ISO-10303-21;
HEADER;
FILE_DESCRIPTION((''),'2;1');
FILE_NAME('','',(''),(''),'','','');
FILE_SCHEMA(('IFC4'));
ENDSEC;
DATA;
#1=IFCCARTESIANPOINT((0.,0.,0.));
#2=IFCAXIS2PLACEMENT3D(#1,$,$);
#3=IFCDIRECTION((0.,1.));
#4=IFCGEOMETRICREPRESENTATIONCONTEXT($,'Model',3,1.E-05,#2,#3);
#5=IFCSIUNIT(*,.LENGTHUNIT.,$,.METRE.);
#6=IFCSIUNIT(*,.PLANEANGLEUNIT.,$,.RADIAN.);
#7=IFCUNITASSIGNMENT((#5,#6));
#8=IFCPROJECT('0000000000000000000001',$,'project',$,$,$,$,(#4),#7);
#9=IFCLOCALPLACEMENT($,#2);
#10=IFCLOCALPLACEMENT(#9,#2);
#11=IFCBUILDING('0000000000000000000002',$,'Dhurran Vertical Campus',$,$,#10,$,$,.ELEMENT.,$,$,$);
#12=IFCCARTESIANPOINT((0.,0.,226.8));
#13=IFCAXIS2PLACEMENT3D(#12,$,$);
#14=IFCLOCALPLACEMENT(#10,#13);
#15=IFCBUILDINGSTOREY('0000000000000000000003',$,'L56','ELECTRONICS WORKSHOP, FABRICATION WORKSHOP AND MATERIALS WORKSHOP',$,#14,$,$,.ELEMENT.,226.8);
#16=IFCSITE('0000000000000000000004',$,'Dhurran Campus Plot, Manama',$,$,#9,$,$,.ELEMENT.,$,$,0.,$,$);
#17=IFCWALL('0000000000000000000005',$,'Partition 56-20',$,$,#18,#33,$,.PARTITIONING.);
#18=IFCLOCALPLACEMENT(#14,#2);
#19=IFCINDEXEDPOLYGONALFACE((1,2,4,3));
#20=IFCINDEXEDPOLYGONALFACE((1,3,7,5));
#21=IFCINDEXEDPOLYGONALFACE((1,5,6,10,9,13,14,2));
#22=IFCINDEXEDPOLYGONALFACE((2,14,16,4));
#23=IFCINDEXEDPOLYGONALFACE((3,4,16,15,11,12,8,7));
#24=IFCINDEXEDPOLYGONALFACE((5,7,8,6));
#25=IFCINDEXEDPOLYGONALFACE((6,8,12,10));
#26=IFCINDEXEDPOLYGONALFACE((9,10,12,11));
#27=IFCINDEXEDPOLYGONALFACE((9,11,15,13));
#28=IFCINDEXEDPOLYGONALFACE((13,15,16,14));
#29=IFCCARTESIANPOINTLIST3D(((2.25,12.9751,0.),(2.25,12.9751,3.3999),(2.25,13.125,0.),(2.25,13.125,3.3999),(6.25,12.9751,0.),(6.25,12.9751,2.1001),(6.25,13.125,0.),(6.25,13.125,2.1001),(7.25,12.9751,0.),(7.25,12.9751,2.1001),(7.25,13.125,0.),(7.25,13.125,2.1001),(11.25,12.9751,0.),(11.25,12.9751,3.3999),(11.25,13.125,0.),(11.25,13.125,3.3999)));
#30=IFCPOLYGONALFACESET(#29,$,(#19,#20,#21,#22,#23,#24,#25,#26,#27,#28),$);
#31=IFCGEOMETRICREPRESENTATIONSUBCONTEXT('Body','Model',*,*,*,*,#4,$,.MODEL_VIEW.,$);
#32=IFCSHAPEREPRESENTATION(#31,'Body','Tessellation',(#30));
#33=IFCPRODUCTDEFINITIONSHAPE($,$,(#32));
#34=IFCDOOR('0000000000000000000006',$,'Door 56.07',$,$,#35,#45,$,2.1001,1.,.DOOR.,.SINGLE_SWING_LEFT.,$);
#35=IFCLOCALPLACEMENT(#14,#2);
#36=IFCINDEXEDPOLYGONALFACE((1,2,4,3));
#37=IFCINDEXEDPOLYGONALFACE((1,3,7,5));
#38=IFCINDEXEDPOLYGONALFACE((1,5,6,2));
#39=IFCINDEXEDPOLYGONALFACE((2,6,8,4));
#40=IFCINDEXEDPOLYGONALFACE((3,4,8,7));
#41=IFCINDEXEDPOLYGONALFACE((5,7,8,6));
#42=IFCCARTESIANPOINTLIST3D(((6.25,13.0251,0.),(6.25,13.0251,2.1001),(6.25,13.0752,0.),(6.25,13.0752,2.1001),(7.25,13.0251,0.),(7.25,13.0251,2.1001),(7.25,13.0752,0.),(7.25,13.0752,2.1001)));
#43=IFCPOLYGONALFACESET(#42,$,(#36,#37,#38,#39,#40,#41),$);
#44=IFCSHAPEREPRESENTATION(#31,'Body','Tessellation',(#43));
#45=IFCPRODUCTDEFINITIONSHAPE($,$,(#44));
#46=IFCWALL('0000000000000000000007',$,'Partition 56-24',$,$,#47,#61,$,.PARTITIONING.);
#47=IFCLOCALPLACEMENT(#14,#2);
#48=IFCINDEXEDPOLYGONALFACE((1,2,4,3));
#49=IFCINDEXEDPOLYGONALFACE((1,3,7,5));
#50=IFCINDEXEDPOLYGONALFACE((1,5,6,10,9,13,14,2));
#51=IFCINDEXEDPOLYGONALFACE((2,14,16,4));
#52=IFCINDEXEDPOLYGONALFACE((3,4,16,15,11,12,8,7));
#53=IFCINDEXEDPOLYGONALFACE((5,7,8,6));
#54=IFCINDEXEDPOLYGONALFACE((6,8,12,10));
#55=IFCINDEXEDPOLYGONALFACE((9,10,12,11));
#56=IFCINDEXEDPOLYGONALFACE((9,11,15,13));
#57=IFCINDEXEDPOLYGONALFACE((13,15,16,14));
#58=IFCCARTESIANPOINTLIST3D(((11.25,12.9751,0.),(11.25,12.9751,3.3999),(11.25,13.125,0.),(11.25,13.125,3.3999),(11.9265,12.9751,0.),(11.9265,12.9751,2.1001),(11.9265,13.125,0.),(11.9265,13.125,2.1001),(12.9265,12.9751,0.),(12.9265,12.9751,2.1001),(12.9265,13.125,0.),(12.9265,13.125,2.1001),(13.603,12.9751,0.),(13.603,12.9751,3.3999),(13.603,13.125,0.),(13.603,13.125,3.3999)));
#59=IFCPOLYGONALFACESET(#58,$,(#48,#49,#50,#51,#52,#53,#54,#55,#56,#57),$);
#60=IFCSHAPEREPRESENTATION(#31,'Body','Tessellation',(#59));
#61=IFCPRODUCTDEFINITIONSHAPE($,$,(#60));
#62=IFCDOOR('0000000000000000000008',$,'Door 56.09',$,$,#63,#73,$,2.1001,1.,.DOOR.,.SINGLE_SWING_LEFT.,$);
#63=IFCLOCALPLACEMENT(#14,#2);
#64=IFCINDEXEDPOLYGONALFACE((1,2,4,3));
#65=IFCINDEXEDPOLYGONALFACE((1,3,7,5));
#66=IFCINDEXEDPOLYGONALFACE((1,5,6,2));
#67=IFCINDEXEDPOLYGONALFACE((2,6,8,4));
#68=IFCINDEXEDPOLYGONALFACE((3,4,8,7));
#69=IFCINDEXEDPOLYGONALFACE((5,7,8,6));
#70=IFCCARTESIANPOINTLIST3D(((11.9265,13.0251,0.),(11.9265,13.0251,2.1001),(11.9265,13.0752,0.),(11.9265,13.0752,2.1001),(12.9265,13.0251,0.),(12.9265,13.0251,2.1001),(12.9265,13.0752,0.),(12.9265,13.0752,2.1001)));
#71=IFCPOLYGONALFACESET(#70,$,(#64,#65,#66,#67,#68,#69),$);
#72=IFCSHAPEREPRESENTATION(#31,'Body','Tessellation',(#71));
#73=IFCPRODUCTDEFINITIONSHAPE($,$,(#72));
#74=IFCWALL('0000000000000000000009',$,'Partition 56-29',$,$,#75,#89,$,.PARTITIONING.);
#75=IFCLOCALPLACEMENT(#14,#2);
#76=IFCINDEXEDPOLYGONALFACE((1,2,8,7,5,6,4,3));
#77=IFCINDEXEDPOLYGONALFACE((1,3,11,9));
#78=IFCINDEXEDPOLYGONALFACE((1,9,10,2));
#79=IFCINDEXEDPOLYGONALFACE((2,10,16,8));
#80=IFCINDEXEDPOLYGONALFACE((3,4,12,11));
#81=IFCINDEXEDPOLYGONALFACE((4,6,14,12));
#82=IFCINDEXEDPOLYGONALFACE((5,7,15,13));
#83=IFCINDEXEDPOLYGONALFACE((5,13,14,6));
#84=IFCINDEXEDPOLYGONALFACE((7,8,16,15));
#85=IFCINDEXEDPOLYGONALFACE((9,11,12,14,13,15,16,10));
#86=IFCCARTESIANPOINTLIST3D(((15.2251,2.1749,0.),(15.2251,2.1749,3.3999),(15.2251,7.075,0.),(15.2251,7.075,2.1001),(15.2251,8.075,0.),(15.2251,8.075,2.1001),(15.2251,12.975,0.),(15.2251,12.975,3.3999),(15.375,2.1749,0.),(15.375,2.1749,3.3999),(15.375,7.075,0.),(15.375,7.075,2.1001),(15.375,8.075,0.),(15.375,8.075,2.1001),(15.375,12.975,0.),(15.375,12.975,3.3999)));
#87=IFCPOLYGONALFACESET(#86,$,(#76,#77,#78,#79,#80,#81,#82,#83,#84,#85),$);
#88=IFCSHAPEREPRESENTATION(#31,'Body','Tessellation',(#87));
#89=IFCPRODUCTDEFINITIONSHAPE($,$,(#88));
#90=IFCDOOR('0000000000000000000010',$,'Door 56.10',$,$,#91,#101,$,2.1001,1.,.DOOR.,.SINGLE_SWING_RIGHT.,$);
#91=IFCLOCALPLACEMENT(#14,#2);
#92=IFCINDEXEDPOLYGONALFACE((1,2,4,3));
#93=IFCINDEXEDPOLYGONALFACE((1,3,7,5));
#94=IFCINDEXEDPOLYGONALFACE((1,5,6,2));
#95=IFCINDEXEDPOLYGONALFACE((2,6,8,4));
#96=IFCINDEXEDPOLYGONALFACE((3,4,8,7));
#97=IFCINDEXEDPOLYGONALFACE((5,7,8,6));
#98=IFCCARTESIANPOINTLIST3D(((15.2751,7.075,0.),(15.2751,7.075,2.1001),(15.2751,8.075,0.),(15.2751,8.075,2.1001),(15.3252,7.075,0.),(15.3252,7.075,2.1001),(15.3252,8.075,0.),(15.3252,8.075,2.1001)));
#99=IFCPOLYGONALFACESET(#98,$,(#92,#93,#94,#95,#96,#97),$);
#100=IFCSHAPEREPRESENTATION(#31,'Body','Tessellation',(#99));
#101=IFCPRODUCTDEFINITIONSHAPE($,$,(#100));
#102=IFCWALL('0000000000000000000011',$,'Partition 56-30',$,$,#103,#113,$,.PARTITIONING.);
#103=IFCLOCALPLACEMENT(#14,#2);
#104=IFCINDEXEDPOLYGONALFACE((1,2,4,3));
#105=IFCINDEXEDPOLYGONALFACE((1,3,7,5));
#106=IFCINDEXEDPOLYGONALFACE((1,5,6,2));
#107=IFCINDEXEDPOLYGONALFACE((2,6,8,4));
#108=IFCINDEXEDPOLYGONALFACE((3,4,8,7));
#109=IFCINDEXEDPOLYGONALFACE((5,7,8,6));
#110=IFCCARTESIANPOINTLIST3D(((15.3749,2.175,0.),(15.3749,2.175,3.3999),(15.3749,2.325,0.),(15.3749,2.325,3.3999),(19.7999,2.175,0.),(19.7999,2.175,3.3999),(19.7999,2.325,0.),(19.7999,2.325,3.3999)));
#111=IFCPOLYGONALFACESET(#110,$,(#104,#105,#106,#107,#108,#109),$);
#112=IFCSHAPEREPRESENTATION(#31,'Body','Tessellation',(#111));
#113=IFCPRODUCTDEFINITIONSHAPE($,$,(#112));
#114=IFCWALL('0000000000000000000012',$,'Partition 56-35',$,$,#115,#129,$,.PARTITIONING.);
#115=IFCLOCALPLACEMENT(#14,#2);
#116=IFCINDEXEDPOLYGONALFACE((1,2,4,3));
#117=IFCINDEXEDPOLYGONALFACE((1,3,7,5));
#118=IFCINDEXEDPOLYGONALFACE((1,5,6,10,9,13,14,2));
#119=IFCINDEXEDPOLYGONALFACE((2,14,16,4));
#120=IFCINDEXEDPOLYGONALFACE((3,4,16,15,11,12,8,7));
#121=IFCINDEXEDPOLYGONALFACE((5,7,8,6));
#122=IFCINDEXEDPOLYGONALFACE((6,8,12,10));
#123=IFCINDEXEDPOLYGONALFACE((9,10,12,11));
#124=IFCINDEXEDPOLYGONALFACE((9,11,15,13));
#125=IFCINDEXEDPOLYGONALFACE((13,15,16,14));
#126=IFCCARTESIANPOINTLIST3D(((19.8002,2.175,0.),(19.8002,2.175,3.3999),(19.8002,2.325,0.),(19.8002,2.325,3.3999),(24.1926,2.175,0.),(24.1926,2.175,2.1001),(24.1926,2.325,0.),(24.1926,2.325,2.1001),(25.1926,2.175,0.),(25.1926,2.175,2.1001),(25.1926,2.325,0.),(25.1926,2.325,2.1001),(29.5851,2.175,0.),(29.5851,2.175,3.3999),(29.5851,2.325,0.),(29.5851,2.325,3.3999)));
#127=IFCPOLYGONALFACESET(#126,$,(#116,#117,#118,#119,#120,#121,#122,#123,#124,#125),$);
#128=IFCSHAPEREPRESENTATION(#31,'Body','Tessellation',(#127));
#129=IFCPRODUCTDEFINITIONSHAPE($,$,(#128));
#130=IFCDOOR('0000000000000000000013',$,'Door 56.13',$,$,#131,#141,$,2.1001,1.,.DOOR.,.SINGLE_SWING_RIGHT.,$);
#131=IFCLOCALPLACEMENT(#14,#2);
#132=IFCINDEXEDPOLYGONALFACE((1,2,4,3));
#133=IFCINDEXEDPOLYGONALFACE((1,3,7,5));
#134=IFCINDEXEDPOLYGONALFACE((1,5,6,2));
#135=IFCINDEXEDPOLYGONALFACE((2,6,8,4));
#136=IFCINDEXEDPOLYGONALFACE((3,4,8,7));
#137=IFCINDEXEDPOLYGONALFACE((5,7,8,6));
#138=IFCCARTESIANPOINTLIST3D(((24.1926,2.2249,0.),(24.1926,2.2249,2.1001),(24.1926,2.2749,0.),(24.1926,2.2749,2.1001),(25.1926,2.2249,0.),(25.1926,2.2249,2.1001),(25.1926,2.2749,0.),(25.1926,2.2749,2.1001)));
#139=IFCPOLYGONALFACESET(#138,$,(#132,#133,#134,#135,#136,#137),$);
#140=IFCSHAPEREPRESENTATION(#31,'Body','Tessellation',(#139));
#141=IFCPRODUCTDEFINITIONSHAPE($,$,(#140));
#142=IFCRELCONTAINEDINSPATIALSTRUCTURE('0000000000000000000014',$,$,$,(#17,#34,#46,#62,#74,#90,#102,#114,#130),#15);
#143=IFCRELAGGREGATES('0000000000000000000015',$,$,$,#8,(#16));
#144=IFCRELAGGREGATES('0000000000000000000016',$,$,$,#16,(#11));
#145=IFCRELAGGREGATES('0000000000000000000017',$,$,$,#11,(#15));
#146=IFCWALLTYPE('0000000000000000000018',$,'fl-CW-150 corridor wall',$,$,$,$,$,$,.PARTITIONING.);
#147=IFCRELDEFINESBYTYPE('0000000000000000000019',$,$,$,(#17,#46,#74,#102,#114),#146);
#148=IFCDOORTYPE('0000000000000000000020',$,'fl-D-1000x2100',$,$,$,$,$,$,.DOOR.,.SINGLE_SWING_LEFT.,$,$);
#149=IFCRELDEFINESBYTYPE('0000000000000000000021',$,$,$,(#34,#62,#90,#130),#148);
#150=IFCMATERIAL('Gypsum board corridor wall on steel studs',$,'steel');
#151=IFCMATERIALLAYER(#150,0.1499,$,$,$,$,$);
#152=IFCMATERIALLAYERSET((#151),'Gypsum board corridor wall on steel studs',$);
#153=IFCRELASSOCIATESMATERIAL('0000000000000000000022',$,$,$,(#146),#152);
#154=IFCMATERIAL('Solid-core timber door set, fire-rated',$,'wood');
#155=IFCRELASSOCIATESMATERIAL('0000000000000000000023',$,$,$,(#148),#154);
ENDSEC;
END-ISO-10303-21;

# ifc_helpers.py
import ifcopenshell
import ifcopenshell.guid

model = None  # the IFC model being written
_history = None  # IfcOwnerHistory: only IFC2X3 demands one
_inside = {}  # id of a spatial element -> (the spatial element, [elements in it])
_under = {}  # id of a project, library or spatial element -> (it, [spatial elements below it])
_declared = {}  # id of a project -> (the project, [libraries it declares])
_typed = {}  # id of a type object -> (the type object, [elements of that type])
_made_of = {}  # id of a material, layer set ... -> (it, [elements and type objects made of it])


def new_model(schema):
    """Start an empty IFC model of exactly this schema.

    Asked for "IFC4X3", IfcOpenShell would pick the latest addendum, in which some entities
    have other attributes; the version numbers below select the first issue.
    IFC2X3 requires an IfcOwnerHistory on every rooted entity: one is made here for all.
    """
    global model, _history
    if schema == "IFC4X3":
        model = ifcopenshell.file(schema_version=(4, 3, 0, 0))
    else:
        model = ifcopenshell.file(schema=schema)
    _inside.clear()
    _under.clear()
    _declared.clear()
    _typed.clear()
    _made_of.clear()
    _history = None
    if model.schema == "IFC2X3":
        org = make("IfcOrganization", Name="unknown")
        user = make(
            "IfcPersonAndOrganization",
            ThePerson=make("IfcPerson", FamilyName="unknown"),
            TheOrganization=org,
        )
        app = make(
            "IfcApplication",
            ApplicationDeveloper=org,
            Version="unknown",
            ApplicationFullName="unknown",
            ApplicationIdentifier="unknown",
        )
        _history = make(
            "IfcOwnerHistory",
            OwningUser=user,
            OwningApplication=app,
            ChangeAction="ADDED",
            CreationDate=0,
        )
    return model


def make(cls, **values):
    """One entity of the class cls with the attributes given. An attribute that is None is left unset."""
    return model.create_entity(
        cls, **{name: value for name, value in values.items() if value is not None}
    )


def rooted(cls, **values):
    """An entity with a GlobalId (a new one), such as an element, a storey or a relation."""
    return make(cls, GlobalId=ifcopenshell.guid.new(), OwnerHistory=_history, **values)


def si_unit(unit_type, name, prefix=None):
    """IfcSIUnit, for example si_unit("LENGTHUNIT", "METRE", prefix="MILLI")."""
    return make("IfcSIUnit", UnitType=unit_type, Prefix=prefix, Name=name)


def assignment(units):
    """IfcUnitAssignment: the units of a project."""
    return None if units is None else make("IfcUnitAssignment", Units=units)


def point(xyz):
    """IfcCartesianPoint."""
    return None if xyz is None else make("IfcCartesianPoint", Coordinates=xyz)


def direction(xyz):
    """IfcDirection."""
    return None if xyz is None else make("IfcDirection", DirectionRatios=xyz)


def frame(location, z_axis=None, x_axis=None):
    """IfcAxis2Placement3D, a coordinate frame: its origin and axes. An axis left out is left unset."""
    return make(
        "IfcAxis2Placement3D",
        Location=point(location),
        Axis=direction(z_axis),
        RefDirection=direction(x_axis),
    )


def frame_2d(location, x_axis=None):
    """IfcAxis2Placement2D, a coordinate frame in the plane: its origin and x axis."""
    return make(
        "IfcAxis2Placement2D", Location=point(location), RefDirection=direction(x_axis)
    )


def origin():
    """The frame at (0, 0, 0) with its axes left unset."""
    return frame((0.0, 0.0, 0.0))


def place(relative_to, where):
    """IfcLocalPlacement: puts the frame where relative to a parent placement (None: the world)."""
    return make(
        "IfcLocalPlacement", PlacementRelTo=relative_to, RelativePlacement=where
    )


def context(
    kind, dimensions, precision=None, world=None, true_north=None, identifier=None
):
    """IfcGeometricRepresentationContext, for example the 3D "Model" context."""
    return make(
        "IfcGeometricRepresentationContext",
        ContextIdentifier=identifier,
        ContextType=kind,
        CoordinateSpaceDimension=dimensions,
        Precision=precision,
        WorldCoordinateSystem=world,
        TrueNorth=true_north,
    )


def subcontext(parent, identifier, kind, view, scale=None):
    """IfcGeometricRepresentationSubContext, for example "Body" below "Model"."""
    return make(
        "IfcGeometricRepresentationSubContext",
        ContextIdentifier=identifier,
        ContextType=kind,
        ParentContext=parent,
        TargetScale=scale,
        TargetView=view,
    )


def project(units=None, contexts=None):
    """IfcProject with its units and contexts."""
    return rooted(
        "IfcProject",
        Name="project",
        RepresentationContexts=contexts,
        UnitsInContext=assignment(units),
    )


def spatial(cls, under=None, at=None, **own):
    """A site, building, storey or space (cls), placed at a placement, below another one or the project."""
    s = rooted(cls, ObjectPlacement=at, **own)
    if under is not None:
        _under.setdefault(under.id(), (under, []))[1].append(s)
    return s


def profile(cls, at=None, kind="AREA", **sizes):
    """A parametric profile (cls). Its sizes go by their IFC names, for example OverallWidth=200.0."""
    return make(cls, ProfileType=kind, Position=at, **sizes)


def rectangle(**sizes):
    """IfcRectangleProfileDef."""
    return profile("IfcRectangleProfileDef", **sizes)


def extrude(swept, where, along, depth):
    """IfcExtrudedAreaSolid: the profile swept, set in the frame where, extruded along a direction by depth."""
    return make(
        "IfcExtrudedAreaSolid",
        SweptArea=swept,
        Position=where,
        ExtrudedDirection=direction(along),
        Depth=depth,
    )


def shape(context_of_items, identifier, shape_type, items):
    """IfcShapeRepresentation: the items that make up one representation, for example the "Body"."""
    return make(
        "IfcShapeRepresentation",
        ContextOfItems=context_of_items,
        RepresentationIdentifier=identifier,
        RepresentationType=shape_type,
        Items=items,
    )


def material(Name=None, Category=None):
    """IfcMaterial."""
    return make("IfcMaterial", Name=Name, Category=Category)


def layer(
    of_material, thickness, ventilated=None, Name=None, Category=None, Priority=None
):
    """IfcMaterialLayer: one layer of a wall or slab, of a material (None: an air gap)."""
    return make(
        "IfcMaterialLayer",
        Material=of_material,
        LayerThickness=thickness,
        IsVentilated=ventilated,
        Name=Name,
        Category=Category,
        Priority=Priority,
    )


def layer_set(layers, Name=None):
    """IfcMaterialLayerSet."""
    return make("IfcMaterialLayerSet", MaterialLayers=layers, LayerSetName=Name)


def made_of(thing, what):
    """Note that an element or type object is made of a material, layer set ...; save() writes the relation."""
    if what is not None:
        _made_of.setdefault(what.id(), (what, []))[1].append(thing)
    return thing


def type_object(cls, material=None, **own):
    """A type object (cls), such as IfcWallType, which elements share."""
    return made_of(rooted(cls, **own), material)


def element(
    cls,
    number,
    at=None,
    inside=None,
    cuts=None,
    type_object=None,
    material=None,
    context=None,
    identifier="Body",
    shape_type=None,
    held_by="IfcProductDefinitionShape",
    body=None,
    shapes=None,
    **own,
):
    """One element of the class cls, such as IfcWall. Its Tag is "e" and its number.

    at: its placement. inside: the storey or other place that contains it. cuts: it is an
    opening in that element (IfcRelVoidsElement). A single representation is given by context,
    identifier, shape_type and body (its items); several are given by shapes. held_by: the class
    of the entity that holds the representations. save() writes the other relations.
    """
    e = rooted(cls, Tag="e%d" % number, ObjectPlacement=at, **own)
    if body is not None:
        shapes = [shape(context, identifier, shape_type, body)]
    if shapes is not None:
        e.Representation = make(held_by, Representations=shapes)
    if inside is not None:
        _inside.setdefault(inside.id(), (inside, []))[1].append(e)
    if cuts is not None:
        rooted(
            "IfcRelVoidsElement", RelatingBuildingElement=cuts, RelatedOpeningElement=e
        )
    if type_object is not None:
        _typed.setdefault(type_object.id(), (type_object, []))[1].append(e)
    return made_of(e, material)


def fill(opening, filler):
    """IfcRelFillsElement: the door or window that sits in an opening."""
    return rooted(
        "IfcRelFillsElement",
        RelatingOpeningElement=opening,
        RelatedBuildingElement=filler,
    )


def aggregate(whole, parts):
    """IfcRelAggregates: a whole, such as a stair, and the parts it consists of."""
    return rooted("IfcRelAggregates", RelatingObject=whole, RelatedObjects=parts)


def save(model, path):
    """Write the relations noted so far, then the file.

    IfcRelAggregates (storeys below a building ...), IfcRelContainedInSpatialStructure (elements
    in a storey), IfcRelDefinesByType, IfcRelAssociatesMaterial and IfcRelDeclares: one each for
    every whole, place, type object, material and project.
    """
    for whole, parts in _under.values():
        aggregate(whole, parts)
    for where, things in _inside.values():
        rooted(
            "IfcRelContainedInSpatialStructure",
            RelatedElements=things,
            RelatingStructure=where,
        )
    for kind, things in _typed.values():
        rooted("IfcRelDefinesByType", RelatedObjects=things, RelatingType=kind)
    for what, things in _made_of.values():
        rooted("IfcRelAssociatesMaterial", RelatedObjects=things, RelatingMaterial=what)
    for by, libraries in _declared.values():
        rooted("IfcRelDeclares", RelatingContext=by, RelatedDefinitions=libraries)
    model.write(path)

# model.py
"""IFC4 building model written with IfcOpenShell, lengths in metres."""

from ifc_helpers import new_model, si_unit, direction, frame, frame_2d, origin, place, context, subcontext, project, spatial, rectangle, extrude, material, layer, layer_set, type_object, element, fill, save


model = new_model("IFC4")

# Units and contexts
model_context = context("Model", 3, precision=1e-05, world=origin(), true_north=direction((0.0, 1.0)))
body_context = subcontext(model_context, "Body", "Model", "MODEL_VIEW")
ifc_project = project(units=[si_unit("LENGTHUNIT", "METRE"), si_unit("PLANEANGLEUNIT", "RADIAN")], contexts=[model_context])

# Site, building, storey
site_placement = place(None, origin())
site = spatial("IfcSite", under=ifc_project, at=site_placement, Name="Dhurran Campus Plot, Manama", CompositionType="ELEMENT", RefElevation=0.0)
building_placement = place(site_placement, origin())
building = spatial("IfcBuilding", under=site, at=building_placement, Name="Dhurran Vertical Campus", CompositionType="ELEMENT")
storey_placement = place(building_placement, frame((0.0, 0.0, 226.8)))
storey = spatial("IfcBuildingStorey", under=building, at=storey_placement, Name="L56", Description="ELECTRONICS WORKSHOP, FABRICATION WORKSHOP AND MATERIALS WORKSHOP", CompositionType="ELEMENT", Elevation=226.8)

# Walls, openings, doors
ifc_material_1 = material(Name="Gypsum board corridor wall on steel studs", Category="steel")
ifc_layer_1 = layer(ifc_material_1, 0.1499)
ifc_layer_set_1 = layer_set([ifc_layer_1], Name="Gypsum board corridor wall on steel studs")
wall_type_1 = type_object("IfcWallType", Name="fl-CW-150 corridor wall", PredefinedType="PARTITIONING", material=ifc_layer_set_1)
wall_1_placement = place(storey_placement, frame((11.25, 13.05, 0.0), z_axis=(0.0, 0.0, 1.0), x_axis=(-1.0, 0.0, 0.0)))
wall_1 = element("IfcWall", 1, at=wall_1_placement, inside=storey, type_object=wall_type_1, Name="Partition 56-20", PredefinedType="PARTITIONING", context=body_context, shape_type="SweptSolid", body=[
    extrude(rectangle(XDim=9.0, YDim=0.1499, at=frame_2d((4.5, 0.0))), origin(), (0.0, 0.0, 1.0), 3.3999),
])
opening_1_placement = place(wall_1_placement, frame((4.0, 0.0, 0.0)))
opening_1 = element("IfcOpeningElement", 2, at=opening_1_placement, cuts=wall_1, PredefinedType="OPENING", context=body_context, shape_type="SweptSolid", body=[
    extrude(rectangle(XDim=1.0, YDim=2.1001, at=frame_2d((0.5, 1.05))), frame((0.0, 0.085, 0.0), z_axis=(0.0, -1.0, 0.0), x_axis=(1.0, 0.0, 0.0)), (0.0, 0.0, 1.0), 0.1699),
])
ifc_material_2 = material(Name="Solid-core timber door set, fire-rated", Category="wood")
door_type = type_object("IfcDoorType", Name="fl-D-1000x2100", OperationType="SINGLE_SWING_LEFT", PredefinedType="DOOR", material=ifc_material_2)
door_1_placement = place(opening_1_placement, origin())
door_1 = element("IfcDoor", 3, at=door_1_placement, inside=storey, type_object=door_type, Name="Door 56.07", OperationType="SINGLE_SWING_LEFT", OverallHeight=2.1001, OverallWidth=1.0, PredefinedType="DOOR", context=body_context, shape_type="SweptSolid", body=[
    extrude(rectangle(XDim=1.0, YDim=2.1001, at=frame_2d((0.5, 1.05))), frame((0.0, 0.0249, 0.0), z_axis=(0.0, -1.0, 0.0), x_axis=(1.0, 0.0, 0.0)), (0.0, 0.0, 1.0), 0.05),
])
fill(opening_1, door_1)
wall_2_placement = place(storey_placement, frame((13.603, 13.05, 0.0), z_axis=(0.0, 0.0, 1.0), x_axis=(-1.0, 0.0, 0.0)))
wall_2 = element("IfcWall", 4, at=wall_2_placement, inside=storey, type_object=wall_type_1, Name="Partition 56-24", PredefinedType="PARTITIONING", context=body_context, shape_type="SweptSolid", body=[
    extrude(rectangle(XDim=2.353, YDim=0.1499, at=frame_2d((1.1765, 0.0))), origin(), (0.0, 0.0, 1.0), 3.3999),
])
opening_2_placement = place(wall_2_placement, frame((0.6765, 0.0, 0.0)))
opening_2 = element("IfcOpeningElement", 5, at=opening_2_placement, cuts=wall_2, PredefinedType="OPENING", context=body_context, shape_type="SweptSolid", body=[
    extrude(rectangle(XDim=1.0, YDim=2.1001, at=frame_2d((0.5, 1.05))), frame((0.0, 0.085, 0.0), z_axis=(0.0, -1.0, 0.0), x_axis=(1.0, 0.0, 0.0)), (0.0, 0.0, 1.0), 0.1699),
])
door_2_placement = place(opening_2_placement, origin())
door_2 = element("IfcDoor", 6, at=door_2_placement, inside=storey, type_object=door_type, Name="Door 56.09", OperationType="SINGLE_SWING_LEFT", OverallHeight=2.1001, OverallWidth=1.0, PredefinedType="DOOR", context=body_context, shape_type="SweptSolid", body=[
    extrude(rectangle(XDim=1.0, YDim=2.1001, at=frame_2d((0.5, 1.05))), frame((0.0, 0.0249, 0.0), z_axis=(0.0, -1.0, 0.0), x_axis=(1.0, 0.0, 0.0)), (0.0, 0.0, 1.0), 0.05),
])
fill(opening_2, door_2)
wall_3_placement = place(storey_placement, frame((15.3, 2.175, 0.0), z_axis=(0.0, 0.0, 1.0), x_axis=(0.0, 1.0, 0.0)))
wall_3 = element("IfcWall", 7, at=wall_3_placement, inside=storey, type_object=wall_type_1, Name="Partition 56-29", PredefinedType="PARTITIONING", context=body_context, shape_type="SweptSolid", body=[
    extrude(rectangle(XDim=10.8, YDim=0.1499, at=frame_2d((5.3999, 0.0))), origin(), (0.0, 0.0, 1.0), 3.3999),
])
opening_3_placement = place(wall_3_placement, frame((4.8999, 0.0, 0.0)))
opening_3 = element("IfcOpeningElement", 8, at=opening_3_placement, cuts=wall_3, PredefinedType="OPENING", context=body_context, shape_type="SweptSolid", body=[
    extrude(rectangle(XDim=1.0, YDim=2.1001, at=frame_2d((0.5, 1.05))), frame((0.0, 0.085, 0.0), z_axis=(0.0, -1.0, 0.0), x_axis=(1.0, 0.0, 0.0)), (0.0, 0.0, 1.0), 0.1699),
])
door_3_placement = place(opening_3_placement, origin())
door_3 = element("IfcDoor", 9, at=door_3_placement, inside=storey, type_object=door_type, Name="Door 56.10", OperationType="SINGLE_SWING_RIGHT", OverallHeight=2.1001, OverallWidth=1.0, PredefinedType="DOOR", context=body_context, shape_type="SweptSolid", body=[
    extrude(rectangle(XDim=1.0, YDim=2.1001, at=frame_2d((0.5, 1.05))), frame((0.0, 0.0249, 0.0), z_axis=(0.0, -1.0, 0.0), x_axis=(1.0, 0.0, 0.0)), (0.0, 0.0, 1.0), 0.05),
])
fill(opening_3, door_3)

# Wall
wall_4_placement = place(storey_placement, frame((15.375, 2.25, 0.0), z_axis=(0.0, 0.0, 1.0), x_axis=(1.0, 0.0, 0.0)))
element("IfcWall", 10, at=wall_4_placement, inside=storey, type_object=wall_type_1, Name="Partition 56-30", PredefinedType="PARTITIONING", context=body_context, shape_type="SweptSolid", body=[
    extrude(rectangle(XDim=4.425, YDim=0.1499, at=frame_2d((2.2124, 0.0))), origin(), (0.0, 0.0, 1.0), 3.3999),
])

# Wall, opening, door
wall_5_placement = place(storey_placement, frame((19.8, 2.25, 0.0), z_axis=(0.0, 0.0, 1.0), x_axis=(1.0, 0.0, 0.0)))
wall_5 = element("IfcWall", 11, at=wall_5_placement, inside=storey, type_object=wall_type_1, Name="Partition 56-35", PredefinedType="PARTITIONING", context=body_context, shape_type="SweptSolid", body=[
    extrude(rectangle(XDim=9.7849, YDim=0.1499, at=frame_2d((4.8926, 0.0))), origin(), (0.0, 0.0, 1.0), 3.3999),
])
opening_4_placement = place(wall_5_placement, frame((4.3926, 0.0, 0.0)))
opening_4 = element("IfcOpeningElement", 12, at=opening_4_placement, cuts=wall_5, PredefinedType="OPENING", context=body_context, shape_type="SweptSolid", body=[
    extrude(rectangle(XDim=1.0, YDim=2.1001, at=frame_2d((0.5, 1.05))), frame((0.0, 0.085, 0.0), z_axis=(0.0, -1.0, 0.0), x_axis=(1.0, 0.0, 0.0)), (0.0, 0.0, 1.0), 0.1699),
])
door_4_placement = place(opening_4_placement, origin())
door_4 = element("IfcDoor", 13, at=door_4_placement, inside=storey, type_object=door_type, Name="Door 56.13", OperationType="SINGLE_SWING_RIGHT", OverallHeight=2.1001, OverallWidth=1.0, PredefinedType="DOOR", context=body_context, shape_type="SweptSolid", body=[
    extrude(rectangle(XDim=1.0, YDim=2.1001, at=frame_2d((0.5, 1.05))), frame((0.0, 0.0249, 0.0), z_axis=(0.0, -1.0, 0.0), x_axis=(1.0, 0.0, 0.0)), (0.0, 0.0, 1.0), 0.05),
])
fill(opening_4, door_4)

save(model, "model.ifc")
